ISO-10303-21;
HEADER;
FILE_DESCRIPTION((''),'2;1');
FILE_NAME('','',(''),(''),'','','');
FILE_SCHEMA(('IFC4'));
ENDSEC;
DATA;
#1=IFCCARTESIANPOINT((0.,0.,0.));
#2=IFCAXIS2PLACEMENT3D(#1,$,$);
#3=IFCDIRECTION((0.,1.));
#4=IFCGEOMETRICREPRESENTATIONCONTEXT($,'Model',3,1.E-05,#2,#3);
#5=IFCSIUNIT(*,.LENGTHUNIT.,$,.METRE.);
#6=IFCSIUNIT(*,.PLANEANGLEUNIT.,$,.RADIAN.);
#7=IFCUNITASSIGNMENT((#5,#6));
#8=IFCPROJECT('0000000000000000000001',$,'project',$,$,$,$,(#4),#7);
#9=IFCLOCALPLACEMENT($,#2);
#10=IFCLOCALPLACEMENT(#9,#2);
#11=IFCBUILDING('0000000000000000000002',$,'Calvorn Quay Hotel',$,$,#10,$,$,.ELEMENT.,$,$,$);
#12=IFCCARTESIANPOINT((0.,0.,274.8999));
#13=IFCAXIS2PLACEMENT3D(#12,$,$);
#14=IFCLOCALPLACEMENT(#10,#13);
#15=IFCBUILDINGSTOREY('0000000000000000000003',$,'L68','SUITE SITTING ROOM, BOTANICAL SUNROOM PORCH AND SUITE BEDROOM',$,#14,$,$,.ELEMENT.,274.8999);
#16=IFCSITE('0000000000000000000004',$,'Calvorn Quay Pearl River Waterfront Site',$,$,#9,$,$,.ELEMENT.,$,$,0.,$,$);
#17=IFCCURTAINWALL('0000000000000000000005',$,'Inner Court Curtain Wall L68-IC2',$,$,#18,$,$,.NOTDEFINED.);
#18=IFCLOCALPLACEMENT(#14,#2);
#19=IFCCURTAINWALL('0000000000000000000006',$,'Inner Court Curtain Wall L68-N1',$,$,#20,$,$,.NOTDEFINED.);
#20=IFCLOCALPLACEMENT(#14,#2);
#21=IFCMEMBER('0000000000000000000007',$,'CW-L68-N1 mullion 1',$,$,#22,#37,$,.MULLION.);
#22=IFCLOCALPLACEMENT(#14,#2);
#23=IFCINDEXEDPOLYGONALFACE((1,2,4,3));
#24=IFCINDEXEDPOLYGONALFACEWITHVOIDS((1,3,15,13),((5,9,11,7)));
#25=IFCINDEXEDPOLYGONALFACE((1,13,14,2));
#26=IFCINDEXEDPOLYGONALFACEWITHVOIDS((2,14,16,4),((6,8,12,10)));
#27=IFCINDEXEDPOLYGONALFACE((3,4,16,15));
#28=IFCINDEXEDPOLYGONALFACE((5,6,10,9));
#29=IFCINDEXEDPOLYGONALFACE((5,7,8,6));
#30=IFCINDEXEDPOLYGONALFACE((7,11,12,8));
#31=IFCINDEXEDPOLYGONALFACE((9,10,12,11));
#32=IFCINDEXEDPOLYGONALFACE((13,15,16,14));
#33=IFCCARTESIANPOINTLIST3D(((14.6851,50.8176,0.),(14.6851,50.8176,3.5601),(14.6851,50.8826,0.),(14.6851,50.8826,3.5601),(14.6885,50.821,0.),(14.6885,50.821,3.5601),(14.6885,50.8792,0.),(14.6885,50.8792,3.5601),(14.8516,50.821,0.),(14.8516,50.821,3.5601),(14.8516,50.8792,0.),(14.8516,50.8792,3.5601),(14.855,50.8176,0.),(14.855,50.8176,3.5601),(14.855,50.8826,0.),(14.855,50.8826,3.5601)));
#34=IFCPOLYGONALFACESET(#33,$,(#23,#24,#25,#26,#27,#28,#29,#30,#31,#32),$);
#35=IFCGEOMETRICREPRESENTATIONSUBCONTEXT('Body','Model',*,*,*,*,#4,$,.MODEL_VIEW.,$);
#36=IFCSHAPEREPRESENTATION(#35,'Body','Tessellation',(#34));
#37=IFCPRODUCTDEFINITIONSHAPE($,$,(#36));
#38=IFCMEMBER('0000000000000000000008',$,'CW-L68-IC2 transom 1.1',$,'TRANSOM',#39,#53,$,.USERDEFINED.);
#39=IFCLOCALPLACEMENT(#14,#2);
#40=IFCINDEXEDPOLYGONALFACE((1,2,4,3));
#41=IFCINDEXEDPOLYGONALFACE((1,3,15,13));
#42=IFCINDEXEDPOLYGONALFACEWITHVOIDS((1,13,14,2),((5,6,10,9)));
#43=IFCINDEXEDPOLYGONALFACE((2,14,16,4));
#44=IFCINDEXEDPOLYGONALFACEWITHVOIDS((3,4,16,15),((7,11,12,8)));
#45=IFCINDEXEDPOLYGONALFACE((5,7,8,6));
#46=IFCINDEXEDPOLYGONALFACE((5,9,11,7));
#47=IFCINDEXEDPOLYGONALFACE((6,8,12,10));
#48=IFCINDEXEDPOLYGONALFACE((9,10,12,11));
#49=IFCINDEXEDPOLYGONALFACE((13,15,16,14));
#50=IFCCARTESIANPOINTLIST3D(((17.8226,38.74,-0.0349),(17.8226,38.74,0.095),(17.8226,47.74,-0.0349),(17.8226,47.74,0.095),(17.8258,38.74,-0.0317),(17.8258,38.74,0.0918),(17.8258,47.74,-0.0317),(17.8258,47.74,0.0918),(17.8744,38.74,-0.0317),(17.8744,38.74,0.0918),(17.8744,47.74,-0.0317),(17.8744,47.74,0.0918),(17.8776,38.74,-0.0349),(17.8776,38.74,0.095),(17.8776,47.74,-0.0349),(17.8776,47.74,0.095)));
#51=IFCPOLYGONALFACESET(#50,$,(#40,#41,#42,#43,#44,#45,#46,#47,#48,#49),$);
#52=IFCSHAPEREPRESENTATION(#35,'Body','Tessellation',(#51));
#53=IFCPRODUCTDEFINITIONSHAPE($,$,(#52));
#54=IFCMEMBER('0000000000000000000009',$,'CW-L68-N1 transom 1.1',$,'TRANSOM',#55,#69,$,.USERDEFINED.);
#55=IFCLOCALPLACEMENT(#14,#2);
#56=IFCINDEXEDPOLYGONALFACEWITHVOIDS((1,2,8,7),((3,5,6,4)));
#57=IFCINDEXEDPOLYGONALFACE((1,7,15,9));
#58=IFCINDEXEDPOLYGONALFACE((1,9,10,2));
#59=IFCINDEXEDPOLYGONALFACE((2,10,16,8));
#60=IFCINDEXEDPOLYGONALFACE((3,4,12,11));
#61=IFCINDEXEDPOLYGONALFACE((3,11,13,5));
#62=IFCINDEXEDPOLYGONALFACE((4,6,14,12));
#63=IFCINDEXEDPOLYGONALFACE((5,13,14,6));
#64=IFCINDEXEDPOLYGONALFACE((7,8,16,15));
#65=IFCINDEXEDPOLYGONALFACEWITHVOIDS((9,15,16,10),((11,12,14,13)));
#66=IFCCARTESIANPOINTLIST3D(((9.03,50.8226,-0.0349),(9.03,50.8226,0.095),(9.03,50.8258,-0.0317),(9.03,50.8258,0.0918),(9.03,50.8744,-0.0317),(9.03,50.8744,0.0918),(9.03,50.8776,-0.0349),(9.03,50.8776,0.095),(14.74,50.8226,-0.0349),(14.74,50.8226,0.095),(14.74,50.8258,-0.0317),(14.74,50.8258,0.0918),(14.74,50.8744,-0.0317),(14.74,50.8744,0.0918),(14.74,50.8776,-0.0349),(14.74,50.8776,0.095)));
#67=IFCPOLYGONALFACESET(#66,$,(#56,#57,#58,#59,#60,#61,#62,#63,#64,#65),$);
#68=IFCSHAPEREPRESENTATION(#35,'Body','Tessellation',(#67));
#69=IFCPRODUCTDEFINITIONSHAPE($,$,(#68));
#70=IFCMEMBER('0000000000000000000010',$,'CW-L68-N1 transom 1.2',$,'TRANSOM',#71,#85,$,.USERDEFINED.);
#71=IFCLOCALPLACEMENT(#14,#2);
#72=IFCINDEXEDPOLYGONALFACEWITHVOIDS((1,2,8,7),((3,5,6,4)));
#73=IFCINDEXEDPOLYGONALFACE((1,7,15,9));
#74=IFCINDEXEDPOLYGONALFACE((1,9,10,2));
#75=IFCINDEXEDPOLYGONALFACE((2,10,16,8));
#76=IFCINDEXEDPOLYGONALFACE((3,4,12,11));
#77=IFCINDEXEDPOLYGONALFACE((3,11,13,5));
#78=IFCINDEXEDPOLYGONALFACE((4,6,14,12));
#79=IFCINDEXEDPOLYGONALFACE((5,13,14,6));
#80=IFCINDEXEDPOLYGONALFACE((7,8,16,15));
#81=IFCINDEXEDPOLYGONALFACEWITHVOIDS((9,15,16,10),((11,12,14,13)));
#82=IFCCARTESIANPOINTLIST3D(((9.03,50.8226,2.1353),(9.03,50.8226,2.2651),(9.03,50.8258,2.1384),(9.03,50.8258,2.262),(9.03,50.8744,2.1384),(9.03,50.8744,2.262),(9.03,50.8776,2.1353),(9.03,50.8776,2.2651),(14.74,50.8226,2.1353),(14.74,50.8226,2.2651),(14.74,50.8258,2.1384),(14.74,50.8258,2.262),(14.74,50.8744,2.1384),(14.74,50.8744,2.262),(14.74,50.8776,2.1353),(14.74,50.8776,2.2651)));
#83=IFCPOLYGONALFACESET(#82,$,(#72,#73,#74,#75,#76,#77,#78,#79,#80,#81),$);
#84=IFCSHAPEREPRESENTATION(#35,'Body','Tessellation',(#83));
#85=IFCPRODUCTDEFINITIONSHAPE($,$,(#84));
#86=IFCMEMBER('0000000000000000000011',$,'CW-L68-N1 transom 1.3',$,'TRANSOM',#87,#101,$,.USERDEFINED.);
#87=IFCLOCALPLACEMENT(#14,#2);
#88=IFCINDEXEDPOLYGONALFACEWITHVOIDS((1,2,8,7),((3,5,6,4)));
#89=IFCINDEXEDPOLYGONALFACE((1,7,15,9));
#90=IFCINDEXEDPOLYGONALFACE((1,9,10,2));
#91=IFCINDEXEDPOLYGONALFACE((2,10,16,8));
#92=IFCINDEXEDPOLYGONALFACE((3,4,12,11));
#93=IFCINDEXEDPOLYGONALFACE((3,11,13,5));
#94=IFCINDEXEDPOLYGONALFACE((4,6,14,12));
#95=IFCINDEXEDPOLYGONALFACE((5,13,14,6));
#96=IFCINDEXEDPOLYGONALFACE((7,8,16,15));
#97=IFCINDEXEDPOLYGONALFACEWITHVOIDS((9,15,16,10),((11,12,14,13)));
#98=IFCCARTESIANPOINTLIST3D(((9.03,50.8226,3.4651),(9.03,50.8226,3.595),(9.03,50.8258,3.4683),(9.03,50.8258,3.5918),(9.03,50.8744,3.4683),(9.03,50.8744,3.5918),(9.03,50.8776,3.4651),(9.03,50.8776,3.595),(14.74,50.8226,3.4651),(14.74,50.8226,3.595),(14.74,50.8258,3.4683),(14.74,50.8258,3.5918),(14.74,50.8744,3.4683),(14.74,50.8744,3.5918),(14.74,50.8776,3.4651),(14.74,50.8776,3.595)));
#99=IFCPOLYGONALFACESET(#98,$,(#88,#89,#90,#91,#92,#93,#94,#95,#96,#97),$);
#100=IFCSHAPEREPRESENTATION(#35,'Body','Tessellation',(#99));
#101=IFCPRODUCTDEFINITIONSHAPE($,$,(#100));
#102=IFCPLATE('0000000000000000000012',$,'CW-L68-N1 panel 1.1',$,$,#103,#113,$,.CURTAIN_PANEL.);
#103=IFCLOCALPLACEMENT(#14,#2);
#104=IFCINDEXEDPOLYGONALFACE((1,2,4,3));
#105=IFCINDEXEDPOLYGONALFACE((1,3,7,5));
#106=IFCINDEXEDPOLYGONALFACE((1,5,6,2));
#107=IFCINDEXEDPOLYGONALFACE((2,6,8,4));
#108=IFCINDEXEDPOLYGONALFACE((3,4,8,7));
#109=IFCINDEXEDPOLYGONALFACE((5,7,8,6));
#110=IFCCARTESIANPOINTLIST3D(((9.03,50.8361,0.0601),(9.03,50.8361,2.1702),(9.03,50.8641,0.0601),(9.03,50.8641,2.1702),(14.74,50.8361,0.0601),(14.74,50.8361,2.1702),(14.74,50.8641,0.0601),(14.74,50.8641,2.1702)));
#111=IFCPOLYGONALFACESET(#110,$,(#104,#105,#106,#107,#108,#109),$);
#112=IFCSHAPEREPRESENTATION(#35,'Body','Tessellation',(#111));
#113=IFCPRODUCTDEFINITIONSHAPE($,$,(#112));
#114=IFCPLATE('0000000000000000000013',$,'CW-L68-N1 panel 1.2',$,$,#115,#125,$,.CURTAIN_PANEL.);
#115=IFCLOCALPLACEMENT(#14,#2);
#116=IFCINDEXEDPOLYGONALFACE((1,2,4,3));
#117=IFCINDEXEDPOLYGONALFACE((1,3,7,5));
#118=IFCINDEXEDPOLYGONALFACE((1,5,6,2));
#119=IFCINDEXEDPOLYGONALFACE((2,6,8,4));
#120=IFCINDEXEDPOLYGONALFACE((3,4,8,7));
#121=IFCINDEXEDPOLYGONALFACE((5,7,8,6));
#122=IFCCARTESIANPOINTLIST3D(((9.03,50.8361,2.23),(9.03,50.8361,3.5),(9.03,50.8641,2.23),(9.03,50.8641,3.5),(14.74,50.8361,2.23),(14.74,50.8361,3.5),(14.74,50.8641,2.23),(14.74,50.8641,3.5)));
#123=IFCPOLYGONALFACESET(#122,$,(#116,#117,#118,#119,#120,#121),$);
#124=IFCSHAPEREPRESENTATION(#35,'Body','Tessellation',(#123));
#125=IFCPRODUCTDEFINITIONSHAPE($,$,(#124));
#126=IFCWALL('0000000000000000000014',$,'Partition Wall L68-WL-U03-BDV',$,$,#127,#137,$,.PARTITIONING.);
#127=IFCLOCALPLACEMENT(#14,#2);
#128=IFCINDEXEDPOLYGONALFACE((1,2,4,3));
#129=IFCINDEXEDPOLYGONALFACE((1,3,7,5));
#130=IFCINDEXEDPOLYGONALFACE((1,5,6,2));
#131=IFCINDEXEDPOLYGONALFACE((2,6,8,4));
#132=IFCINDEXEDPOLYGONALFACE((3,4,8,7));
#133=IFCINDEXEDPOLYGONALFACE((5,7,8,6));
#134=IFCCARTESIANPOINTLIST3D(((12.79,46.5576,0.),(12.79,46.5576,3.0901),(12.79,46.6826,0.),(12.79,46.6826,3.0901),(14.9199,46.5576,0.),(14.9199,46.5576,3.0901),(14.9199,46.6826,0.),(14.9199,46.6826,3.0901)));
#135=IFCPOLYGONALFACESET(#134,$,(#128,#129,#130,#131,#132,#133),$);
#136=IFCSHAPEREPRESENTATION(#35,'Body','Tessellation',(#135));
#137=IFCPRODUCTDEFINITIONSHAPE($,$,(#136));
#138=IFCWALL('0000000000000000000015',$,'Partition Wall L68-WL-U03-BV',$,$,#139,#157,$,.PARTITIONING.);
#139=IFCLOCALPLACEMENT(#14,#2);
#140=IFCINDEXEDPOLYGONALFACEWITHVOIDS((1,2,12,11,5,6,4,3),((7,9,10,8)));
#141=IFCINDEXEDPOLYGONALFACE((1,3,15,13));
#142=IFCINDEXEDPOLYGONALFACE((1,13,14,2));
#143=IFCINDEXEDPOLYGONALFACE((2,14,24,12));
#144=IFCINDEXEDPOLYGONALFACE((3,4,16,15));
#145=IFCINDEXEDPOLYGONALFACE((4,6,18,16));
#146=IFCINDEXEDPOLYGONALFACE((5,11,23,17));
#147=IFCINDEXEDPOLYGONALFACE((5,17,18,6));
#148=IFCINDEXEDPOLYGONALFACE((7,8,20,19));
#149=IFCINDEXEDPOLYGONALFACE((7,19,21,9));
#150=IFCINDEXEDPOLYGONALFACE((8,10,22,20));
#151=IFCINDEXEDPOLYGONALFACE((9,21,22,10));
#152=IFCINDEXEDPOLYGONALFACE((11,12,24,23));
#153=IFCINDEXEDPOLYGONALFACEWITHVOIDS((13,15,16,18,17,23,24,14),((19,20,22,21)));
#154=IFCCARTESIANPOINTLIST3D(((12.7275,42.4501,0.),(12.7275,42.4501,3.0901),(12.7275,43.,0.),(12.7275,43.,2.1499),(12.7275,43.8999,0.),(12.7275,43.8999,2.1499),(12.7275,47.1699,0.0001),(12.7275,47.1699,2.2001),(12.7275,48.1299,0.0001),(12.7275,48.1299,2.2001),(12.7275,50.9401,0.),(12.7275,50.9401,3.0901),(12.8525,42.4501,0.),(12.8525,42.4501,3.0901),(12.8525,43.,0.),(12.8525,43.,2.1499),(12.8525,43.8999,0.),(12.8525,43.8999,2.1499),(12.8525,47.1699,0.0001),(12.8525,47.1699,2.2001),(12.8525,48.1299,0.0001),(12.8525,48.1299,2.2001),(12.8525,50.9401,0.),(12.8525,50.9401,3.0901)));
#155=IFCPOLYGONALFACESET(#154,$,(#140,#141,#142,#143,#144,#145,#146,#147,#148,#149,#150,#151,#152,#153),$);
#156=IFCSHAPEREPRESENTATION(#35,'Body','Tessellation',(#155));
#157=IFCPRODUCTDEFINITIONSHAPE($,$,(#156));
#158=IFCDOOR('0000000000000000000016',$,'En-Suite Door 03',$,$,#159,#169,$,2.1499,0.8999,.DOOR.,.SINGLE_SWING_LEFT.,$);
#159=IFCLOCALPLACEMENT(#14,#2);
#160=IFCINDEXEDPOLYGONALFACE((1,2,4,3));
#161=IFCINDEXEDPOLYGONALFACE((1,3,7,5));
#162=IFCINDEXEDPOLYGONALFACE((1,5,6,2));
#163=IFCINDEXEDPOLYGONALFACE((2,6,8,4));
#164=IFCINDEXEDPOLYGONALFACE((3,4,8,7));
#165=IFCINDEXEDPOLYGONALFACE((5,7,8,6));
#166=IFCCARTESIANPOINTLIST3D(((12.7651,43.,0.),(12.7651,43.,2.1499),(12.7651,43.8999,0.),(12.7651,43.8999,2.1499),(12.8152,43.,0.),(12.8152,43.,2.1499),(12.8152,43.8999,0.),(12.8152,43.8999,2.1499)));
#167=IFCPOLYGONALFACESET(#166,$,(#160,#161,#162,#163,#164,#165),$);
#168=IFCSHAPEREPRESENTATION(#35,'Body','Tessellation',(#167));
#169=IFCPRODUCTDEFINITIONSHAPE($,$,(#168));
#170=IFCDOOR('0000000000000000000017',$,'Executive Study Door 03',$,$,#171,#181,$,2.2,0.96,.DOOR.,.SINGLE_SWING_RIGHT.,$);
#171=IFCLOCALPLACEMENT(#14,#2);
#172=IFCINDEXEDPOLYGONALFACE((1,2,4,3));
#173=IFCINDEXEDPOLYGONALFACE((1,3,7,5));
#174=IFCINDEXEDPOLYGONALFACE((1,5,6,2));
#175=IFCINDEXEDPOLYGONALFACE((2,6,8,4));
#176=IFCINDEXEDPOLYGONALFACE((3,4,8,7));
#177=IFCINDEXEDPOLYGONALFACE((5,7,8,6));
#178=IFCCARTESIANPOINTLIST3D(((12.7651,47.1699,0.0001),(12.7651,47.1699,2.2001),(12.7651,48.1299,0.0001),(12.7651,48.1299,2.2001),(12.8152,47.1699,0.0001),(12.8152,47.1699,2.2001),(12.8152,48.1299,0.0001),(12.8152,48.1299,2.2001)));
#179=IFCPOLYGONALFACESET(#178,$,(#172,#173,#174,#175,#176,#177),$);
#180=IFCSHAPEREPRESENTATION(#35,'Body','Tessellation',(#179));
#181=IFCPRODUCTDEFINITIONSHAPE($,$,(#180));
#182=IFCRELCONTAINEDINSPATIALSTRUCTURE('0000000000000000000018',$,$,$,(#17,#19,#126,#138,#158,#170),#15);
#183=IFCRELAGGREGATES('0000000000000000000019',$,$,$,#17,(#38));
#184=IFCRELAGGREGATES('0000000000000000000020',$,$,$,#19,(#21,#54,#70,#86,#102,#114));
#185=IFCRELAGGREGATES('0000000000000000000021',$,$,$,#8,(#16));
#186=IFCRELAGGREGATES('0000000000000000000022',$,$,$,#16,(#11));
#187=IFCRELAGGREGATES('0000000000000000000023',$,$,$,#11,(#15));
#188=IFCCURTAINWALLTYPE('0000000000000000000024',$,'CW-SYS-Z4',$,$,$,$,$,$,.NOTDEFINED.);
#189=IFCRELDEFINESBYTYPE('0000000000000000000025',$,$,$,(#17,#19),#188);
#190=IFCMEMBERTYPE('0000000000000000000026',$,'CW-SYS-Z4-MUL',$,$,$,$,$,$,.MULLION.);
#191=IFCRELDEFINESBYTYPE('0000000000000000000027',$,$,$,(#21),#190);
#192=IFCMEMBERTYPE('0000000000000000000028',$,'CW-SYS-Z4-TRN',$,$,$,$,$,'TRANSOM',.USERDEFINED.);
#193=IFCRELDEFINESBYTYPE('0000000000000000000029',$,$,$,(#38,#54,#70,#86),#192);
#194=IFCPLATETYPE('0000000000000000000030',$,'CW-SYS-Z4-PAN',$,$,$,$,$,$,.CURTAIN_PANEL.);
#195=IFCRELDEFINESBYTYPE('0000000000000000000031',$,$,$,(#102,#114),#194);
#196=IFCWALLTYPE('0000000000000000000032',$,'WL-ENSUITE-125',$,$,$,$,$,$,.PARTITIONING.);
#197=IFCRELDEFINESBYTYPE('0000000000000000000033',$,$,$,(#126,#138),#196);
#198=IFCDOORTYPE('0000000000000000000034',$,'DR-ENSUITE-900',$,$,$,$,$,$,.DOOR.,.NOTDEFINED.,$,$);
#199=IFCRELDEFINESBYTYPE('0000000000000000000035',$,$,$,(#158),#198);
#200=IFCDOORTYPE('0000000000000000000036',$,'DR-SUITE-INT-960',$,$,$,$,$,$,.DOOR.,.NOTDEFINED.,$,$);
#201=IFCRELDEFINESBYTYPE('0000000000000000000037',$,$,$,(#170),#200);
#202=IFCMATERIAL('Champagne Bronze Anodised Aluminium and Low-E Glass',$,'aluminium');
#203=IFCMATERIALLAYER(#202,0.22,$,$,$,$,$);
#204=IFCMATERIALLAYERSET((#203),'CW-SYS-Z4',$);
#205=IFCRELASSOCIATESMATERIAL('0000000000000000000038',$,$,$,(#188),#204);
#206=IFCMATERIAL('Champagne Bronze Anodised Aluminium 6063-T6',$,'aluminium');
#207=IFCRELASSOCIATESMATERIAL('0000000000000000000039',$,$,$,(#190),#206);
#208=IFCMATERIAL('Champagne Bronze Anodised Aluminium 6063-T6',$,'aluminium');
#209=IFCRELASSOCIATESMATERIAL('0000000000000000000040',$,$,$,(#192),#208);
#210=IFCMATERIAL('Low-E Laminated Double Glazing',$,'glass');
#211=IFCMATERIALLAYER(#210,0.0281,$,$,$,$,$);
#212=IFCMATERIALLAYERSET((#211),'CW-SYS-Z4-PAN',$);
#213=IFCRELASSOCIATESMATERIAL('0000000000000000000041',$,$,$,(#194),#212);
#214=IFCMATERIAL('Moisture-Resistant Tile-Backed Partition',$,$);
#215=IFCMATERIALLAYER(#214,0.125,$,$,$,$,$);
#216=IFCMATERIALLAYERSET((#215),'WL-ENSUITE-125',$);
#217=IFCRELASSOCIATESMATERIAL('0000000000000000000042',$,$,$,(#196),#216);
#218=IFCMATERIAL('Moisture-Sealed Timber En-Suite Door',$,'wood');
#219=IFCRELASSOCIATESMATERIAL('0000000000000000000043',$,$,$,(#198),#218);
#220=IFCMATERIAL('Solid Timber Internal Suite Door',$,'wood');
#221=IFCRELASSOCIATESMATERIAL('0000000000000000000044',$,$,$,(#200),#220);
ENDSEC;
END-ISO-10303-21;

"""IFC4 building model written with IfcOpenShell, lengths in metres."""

from ifc_helpers import new_model, si_unit, direction, frame, frame_2d, origin, origin_2d, place, context, subcontext, project, spatial, rectangle, hollow_rectangle, extrude, material, layer, layer_set, material_profile, profile_set, type_object, element, fill, aggregate, save


model = new_model("IFC4")

# Units and contexts
model_context = context("Model", 3, precision=1e-05, world=origin(), true_north=direction((0.0, 1.0)))
body_context = subcontext(model_context, "Body", "Model", "MODEL_VIEW")
ifc_project = project(units=[si_unit("LENGTHUNIT", "METRE"), si_unit("PLANEANGLEUNIT", "RADIAN")], contexts=[model_context])

# Site, building, storey
site_placement = place(None, origin())
site = spatial("IfcSite", under=ifc_project, at=site_placement, Name="Calvorn Quay Pearl River Waterfront Site", CompositionType="ELEMENT", RefElevation=0.0)
building_placement = place(site_placement, origin())
building = spatial("IfcBuilding", under=site, at=building_placement, Name="Calvorn Quay Hotel", CompositionType="ELEMENT")
storey_placement = place(building_placement, frame((0.0, 0.0, 274.8999)))
storey = spatial("IfcBuildingStorey", under=building, at=storey_placement, Name="L68", Description="SUITE SITTING ROOM, BOTANICAL SUNROOM PORCH AND SUITE BEDROOM", CompositionType="ELEMENT", Elevation=274.8999)

# Curtain walls, member
ifc_material_1 = material(Name="Champagne Bronze Anodised Aluminium and Low-E Glass", Category="aluminium")
ifc_layer_1 = layer(ifc_material_1, 0.22)
ifc_layer_set_1 = layer_set([ifc_layer_1], Name="CW-SYS-Z4")
curtain_wall_type = type_object("IfcCurtainWallType", Name="CW-SYS-Z4", PredefinedType="NOTDEFINED", material=ifc_layer_set_1)
curtain_wall_1_placement = place(storey_placement, origin())
curtain_wall_1 = element("IfcCurtainWall", 1, at=curtain_wall_1_placement, inside=storey, type_object=curtain_wall_type, Name="Inner Court Curtain Wall L68-IC2", PredefinedType="NOTDEFINED")
ifc_material_2 = material(Name="Champagne Bronze Anodised Aluminium 6063-T6", Category="aluminium")
ifc_material_profile_1 = material_profile(ifc_material_2, hollow_rectangle(XDim=0.0649, YDim=0.1699, WallThickness=0.0034, at=origin_2d()), Name="ALU-M170x65x3.5")
ifc_profile_set_1 = profile_set([ifc_material_profile_1], Name="Champagne Bronze Anodised Aluminium 6063-T6")
member_type_1 = type_object("IfcMemberType", Name="CW-SYS-Z4-MUL", PredefinedType="MULLION", material=ifc_profile_set_1)
curtain_wall_2_placement = place(storey_placement, origin())
curtain_wall_2 = element("IfcCurtainWall", 2, at=curtain_wall_2_placement, inside=storey, type_object=curtain_wall_type, Name="Inner Court Curtain Wall L68-N1", PredefinedType="NOTDEFINED")
member_1_placement = place(storey_placement, frame((14.77, 50.8501, 0.0), z_axis=(0.0, 0.0, 1.0), x_axis=(0.0, -1.0, 0.0)))
member_1 = element("IfcMember", 3, at=member_1_placement, type_object=member_type_1, Name="CW-L68-N1 mullion 1", PredefinedType="MULLION", context=body_context, shape_type="SweptSolid", body=[
    extrude(hollow_rectangle(XDim=0.0649, YDim=0.1699, WallThickness=0.0034, at=origin_2d()), origin(), (0.0, 0.0, 1.0), 3.5601),
])

# Members
ifc_material_3 = material(Name="Champagne Bronze Anodised Aluminium 6063-T6", Category="aluminium")
ifc_material_profile_2 = material_profile(ifc_material_3, hollow_rectangle(XDim=0.0549, YDim=0.1299, WallThickness=0.0032, at=origin_2d()), Name="ALU-T130x55x3.2")
ifc_profile_set_2 = profile_set([ifc_material_profile_2], Name="Champagne Bronze Anodised Aluminium 6063-T6")
member_type_2 = type_object("IfcMemberType", Name="CW-SYS-Z4-TRN", ElementType="TRANSOM", PredefinedType="USERDEFINED", material=ifc_profile_set_2)
member_2_placement = place(storey_placement, frame((17.8501, 38.74, 0.03), z_axis=(0.0, 1.0, 0.0), x_axis=(-1.0, 0.0, 0.0)))
member_2 = element("IfcMember", 4, at=member_2_placement, type_object=member_type_2, Name="CW-L68-IC2 transom 1.1", ObjectType="TRANSOM", PredefinedType="USERDEFINED", context=body_context, shape_type="SweptSolid", body=[
    extrude(hollow_rectangle(XDim=0.0549, YDim=0.1299, WallThickness=0.0032, at=origin_2d()), origin(), (0.0, 0.0, 1.0), 9.0),
])
aggregate(curtain_wall_1, [member_2])
member_3_placement = place(storey_placement, frame((14.74, 50.8501, 0.03), z_axis=(-1.0, 0.0, 0.0), x_axis=(0.0, -1.0, 0.0)))
member_3 = element("IfcMember", 5, at=member_3_placement, type_object=member_type_2, Name="CW-L68-N1 transom 1.1", ObjectType="TRANSOM", PredefinedType="USERDEFINED", context=body_context, shape_type="SweptSolid", body=[
    extrude(hollow_rectangle(XDim=0.0549, YDim=0.1299, WallThickness=0.0032, at=origin_2d()), origin(), (0.0, 0.0, 1.0), 5.71),
])
member_4_placement = place(storey_placement, frame((14.74, 50.8501, 2.2002), z_axis=(-1.0, 0.0, 0.0), x_axis=(0.0, -1.0, 0.0)))
member_4 = element("IfcMember", 6, at=member_4_placement, type_object=member_type_2, Name="CW-L68-N1 transom 1.2", ObjectType="TRANSOM", PredefinedType="USERDEFINED", context=body_context, shape_type="SweptSolid", body=[
    extrude(hollow_rectangle(XDim=0.0549, YDim=0.1299, WallThickness=0.0032, at=origin_2d()), origin(), (0.0, 0.0, 1.0), 5.71),
])
member_5_placement = place(storey_placement, frame((14.74, 50.8501, 3.53), z_axis=(-1.0, 0.0, 0.0), x_axis=(0.0, -1.0, 0.0)))
member_5 = element("IfcMember", 7, at=member_5_placement, type_object=member_type_2, Name="CW-L68-N1 transom 1.3", ObjectType="TRANSOM", PredefinedType="USERDEFINED", context=body_context, shape_type="SweptSolid", body=[
    extrude(hollow_rectangle(XDim=0.0549, YDim=0.1299, WallThickness=0.0032, at=origin_2d()), origin(), (0.0, 0.0, 1.0), 5.71),
])

# Plates
ifc_material_4 = material(Name="Low-E Laminated Double Glazing", Category="glass")
ifc_layer_2 = layer(ifc_material_4, 0.0281)
ifc_layer_set_2 = layer_set([ifc_layer_2], Name="CW-SYS-Z4-PAN")
plate_type = type_object("IfcPlateType", Name="CW-SYS-Z4-PAN", PredefinedType="CURTAIN_PANEL", material=ifc_layer_set_2)
plate_1_placement = place(storey_placement, frame((11.885, 50.8501, 0.0601), z_axis=(0.0, 0.0, 1.0), x_axis=(-1.0, 0.0, 0.0)))
plate_1 = element("IfcPlate", 8, at=plate_1_placement, type_object=plate_type, Name="CW-L68-N1 panel 1.1", PredefinedType="CURTAIN_PANEL", context=body_context, shape_type="SweptSolid", body=[
    extrude(rectangle(XDim=5.71, YDim=0.0281, at=origin_2d()), origin(), (0.0, 0.0, 1.0), 2.1101),
])
plate_2_placement = place(storey_placement, frame((11.885, 50.8501, 2.23), z_axis=(0.0, 0.0, 1.0), x_axis=(-1.0, 0.0, 0.0)))
plate_2 = element("IfcPlate", 9, at=plate_2_placement, type_object=plate_type, Name="CW-L68-N1 panel 1.2", PredefinedType="CURTAIN_PANEL", context=body_context, shape_type="SweptSolid", body=[
    extrude(rectangle(XDim=5.71, YDim=0.0281, at=origin_2d()), origin(), (0.0, 0.0, 1.0), 1.27),
])
aggregate(curtain_wall_2, [member_1, member_3, member_4, member_5, plate_1, plate_2])

# Wall
ifc_material_5 = material(Name="Moisture-Resistant Tile-Backed Partition")
ifc_layer_3 = layer(ifc_material_5, 0.125)
ifc_layer_set_3 = layer_set([ifc_layer_3], Name="WL-ENSUITE-125")
wall_type_1 = type_object("IfcWallType", Name="WL-ENSUITE-125", PredefinedType="PARTITIONING", material=ifc_layer_set_3)
wall_1_placement = place(storey_placement, frame((12.79, 46.6201, 0.0), z_axis=(0.0, 0.0, 1.0), x_axis=(1.0, 0.0, 0.0)))
element("IfcWall", 10, at=wall_1_placement, inside=storey, type_object=wall_type_1, Name="Partition Wall L68-WL-U03-BDV", PredefinedType="PARTITIONING", context=body_context, shape_type="SweptSolid", body=[
    extrude(rectangle(XDim=2.1299, YDim=0.125, at=frame_2d((1.0649, 0.0))), origin(), (0.0, 0.0, 1.0), 3.0901),
])

# Wall, openings, doors
wall_2_placement = place(storey_placement, frame((12.79, 42.45, 0.0), z_axis=(0.0, 0.0, 1.0), x_axis=(0.0, 1.0, 0.0)))
wall_2 = element("IfcWall", 11, at=wall_2_placement, inside=storey, type_object=wall_type_1, Name="Partition Wall L68-WL-U03-BV", PredefinedType="PARTITIONING", context=body_context, shape_type="SweptSolid", body=[
    extrude(rectangle(XDim=8.49, YDim=0.125, at=frame_2d((4.2451, 0.0))), origin(), (0.0, 0.0, 1.0), 3.0901),
])
opening_1_placement = place(wall_2_placement, frame((0.55, 0.0, 0.0)))
opening_1 = element("IfcOpeningElement", 12, at=opening_1_placement, cuts=wall_2, PredefinedType="OPENING", context=body_context, shape_type="SweptSolid", body=[
    extrude(rectangle(XDim=0.8999, YDim=2.1499, at=frame_2d((0.45, 1.075))), frame((0.0, 0.0725, 0.0), z_axis=(0.0, -1.0, 0.0), x_axis=(1.0, 0.0, 0.0)), (0.0, 0.0, 1.0), 0.145),
])
opening_2_placement = place(wall_2_placement, frame((4.72, 0.0, 0.0)))
opening_2 = element("IfcOpeningElement", 13, at=opening_2_placement, cuts=wall_2, PredefinedType="OPENING", context=body_context, shape_type="SweptSolid", body=[
    extrude(rectangle(XDim=0.96, YDim=2.2, at=frame_2d((0.48, 1.1001))), frame((0.0, 0.0725, 0.0), z_axis=(0.0, -1.0, 0.0), x_axis=(1.0, 0.0, 0.0)), (0.0, 0.0, 1.0), 0.145),
])
ifc_material_6 = material(Name="Moisture-Sealed Timber En-Suite Door", Category="wood")
door_type_1 = type_object("IfcDoorType", Name="DR-ENSUITE-900", OperationType="NOTDEFINED", PredefinedType="DOOR", material=ifc_material_6)
door_1_placement = place(opening_1_placement, origin())
door_1 = element("IfcDoor", 14, at=door_1_placement, inside=storey, type_object=door_type_1, Name="En-Suite Door 03", OperationType="SINGLE_SWING_LEFT", OverallHeight=2.1499, OverallWidth=0.8999, PredefinedType="DOOR", context=body_context, shape_type="SweptSolid", body=[
    extrude(rectangle(XDim=0.8999, YDim=2.1499, at=frame_2d((0.45, 1.075))), frame((0.0, 0.0249, 0.0), z_axis=(0.0, -1.0, 0.0), x_axis=(1.0, 0.0, 0.0)), (0.0, 0.0, 1.0), 0.05),
])
fill(opening_1, door_1)
ifc_material_7 = material(Name="Solid Timber Internal Suite Door", Category="wood")
door_type_2 = type_object("IfcDoorType", Name="DR-SUITE-INT-960", OperationType="NOTDEFINED", PredefinedType="DOOR", material=ifc_material_7)
door_2_placement = place(opening_2_placement, origin())
door_2 = element("IfcDoor", 15, at=door_2_placement, inside=storey, type_object=door_type_2, Name="Executive Study Door 03", OperationType="SINGLE_SWING_RIGHT", OverallHeight=2.2, OverallWidth=0.96, PredefinedType="DOOR", context=body_context, shape_type="SweptSolid", body=[
    extrude(rectangle(XDim=0.96, YDim=2.2, at=frame_2d((0.48, 1.1001))), frame((0.0, 0.0249, 0.0), z_axis=(0.0, -1.0, 0.0), x_axis=(1.0, 0.0, 0.0)), (0.0, 0.0, 1.0), 0.05),
])
fill(opening_2, door_2)

save(model, "model.ifc")
